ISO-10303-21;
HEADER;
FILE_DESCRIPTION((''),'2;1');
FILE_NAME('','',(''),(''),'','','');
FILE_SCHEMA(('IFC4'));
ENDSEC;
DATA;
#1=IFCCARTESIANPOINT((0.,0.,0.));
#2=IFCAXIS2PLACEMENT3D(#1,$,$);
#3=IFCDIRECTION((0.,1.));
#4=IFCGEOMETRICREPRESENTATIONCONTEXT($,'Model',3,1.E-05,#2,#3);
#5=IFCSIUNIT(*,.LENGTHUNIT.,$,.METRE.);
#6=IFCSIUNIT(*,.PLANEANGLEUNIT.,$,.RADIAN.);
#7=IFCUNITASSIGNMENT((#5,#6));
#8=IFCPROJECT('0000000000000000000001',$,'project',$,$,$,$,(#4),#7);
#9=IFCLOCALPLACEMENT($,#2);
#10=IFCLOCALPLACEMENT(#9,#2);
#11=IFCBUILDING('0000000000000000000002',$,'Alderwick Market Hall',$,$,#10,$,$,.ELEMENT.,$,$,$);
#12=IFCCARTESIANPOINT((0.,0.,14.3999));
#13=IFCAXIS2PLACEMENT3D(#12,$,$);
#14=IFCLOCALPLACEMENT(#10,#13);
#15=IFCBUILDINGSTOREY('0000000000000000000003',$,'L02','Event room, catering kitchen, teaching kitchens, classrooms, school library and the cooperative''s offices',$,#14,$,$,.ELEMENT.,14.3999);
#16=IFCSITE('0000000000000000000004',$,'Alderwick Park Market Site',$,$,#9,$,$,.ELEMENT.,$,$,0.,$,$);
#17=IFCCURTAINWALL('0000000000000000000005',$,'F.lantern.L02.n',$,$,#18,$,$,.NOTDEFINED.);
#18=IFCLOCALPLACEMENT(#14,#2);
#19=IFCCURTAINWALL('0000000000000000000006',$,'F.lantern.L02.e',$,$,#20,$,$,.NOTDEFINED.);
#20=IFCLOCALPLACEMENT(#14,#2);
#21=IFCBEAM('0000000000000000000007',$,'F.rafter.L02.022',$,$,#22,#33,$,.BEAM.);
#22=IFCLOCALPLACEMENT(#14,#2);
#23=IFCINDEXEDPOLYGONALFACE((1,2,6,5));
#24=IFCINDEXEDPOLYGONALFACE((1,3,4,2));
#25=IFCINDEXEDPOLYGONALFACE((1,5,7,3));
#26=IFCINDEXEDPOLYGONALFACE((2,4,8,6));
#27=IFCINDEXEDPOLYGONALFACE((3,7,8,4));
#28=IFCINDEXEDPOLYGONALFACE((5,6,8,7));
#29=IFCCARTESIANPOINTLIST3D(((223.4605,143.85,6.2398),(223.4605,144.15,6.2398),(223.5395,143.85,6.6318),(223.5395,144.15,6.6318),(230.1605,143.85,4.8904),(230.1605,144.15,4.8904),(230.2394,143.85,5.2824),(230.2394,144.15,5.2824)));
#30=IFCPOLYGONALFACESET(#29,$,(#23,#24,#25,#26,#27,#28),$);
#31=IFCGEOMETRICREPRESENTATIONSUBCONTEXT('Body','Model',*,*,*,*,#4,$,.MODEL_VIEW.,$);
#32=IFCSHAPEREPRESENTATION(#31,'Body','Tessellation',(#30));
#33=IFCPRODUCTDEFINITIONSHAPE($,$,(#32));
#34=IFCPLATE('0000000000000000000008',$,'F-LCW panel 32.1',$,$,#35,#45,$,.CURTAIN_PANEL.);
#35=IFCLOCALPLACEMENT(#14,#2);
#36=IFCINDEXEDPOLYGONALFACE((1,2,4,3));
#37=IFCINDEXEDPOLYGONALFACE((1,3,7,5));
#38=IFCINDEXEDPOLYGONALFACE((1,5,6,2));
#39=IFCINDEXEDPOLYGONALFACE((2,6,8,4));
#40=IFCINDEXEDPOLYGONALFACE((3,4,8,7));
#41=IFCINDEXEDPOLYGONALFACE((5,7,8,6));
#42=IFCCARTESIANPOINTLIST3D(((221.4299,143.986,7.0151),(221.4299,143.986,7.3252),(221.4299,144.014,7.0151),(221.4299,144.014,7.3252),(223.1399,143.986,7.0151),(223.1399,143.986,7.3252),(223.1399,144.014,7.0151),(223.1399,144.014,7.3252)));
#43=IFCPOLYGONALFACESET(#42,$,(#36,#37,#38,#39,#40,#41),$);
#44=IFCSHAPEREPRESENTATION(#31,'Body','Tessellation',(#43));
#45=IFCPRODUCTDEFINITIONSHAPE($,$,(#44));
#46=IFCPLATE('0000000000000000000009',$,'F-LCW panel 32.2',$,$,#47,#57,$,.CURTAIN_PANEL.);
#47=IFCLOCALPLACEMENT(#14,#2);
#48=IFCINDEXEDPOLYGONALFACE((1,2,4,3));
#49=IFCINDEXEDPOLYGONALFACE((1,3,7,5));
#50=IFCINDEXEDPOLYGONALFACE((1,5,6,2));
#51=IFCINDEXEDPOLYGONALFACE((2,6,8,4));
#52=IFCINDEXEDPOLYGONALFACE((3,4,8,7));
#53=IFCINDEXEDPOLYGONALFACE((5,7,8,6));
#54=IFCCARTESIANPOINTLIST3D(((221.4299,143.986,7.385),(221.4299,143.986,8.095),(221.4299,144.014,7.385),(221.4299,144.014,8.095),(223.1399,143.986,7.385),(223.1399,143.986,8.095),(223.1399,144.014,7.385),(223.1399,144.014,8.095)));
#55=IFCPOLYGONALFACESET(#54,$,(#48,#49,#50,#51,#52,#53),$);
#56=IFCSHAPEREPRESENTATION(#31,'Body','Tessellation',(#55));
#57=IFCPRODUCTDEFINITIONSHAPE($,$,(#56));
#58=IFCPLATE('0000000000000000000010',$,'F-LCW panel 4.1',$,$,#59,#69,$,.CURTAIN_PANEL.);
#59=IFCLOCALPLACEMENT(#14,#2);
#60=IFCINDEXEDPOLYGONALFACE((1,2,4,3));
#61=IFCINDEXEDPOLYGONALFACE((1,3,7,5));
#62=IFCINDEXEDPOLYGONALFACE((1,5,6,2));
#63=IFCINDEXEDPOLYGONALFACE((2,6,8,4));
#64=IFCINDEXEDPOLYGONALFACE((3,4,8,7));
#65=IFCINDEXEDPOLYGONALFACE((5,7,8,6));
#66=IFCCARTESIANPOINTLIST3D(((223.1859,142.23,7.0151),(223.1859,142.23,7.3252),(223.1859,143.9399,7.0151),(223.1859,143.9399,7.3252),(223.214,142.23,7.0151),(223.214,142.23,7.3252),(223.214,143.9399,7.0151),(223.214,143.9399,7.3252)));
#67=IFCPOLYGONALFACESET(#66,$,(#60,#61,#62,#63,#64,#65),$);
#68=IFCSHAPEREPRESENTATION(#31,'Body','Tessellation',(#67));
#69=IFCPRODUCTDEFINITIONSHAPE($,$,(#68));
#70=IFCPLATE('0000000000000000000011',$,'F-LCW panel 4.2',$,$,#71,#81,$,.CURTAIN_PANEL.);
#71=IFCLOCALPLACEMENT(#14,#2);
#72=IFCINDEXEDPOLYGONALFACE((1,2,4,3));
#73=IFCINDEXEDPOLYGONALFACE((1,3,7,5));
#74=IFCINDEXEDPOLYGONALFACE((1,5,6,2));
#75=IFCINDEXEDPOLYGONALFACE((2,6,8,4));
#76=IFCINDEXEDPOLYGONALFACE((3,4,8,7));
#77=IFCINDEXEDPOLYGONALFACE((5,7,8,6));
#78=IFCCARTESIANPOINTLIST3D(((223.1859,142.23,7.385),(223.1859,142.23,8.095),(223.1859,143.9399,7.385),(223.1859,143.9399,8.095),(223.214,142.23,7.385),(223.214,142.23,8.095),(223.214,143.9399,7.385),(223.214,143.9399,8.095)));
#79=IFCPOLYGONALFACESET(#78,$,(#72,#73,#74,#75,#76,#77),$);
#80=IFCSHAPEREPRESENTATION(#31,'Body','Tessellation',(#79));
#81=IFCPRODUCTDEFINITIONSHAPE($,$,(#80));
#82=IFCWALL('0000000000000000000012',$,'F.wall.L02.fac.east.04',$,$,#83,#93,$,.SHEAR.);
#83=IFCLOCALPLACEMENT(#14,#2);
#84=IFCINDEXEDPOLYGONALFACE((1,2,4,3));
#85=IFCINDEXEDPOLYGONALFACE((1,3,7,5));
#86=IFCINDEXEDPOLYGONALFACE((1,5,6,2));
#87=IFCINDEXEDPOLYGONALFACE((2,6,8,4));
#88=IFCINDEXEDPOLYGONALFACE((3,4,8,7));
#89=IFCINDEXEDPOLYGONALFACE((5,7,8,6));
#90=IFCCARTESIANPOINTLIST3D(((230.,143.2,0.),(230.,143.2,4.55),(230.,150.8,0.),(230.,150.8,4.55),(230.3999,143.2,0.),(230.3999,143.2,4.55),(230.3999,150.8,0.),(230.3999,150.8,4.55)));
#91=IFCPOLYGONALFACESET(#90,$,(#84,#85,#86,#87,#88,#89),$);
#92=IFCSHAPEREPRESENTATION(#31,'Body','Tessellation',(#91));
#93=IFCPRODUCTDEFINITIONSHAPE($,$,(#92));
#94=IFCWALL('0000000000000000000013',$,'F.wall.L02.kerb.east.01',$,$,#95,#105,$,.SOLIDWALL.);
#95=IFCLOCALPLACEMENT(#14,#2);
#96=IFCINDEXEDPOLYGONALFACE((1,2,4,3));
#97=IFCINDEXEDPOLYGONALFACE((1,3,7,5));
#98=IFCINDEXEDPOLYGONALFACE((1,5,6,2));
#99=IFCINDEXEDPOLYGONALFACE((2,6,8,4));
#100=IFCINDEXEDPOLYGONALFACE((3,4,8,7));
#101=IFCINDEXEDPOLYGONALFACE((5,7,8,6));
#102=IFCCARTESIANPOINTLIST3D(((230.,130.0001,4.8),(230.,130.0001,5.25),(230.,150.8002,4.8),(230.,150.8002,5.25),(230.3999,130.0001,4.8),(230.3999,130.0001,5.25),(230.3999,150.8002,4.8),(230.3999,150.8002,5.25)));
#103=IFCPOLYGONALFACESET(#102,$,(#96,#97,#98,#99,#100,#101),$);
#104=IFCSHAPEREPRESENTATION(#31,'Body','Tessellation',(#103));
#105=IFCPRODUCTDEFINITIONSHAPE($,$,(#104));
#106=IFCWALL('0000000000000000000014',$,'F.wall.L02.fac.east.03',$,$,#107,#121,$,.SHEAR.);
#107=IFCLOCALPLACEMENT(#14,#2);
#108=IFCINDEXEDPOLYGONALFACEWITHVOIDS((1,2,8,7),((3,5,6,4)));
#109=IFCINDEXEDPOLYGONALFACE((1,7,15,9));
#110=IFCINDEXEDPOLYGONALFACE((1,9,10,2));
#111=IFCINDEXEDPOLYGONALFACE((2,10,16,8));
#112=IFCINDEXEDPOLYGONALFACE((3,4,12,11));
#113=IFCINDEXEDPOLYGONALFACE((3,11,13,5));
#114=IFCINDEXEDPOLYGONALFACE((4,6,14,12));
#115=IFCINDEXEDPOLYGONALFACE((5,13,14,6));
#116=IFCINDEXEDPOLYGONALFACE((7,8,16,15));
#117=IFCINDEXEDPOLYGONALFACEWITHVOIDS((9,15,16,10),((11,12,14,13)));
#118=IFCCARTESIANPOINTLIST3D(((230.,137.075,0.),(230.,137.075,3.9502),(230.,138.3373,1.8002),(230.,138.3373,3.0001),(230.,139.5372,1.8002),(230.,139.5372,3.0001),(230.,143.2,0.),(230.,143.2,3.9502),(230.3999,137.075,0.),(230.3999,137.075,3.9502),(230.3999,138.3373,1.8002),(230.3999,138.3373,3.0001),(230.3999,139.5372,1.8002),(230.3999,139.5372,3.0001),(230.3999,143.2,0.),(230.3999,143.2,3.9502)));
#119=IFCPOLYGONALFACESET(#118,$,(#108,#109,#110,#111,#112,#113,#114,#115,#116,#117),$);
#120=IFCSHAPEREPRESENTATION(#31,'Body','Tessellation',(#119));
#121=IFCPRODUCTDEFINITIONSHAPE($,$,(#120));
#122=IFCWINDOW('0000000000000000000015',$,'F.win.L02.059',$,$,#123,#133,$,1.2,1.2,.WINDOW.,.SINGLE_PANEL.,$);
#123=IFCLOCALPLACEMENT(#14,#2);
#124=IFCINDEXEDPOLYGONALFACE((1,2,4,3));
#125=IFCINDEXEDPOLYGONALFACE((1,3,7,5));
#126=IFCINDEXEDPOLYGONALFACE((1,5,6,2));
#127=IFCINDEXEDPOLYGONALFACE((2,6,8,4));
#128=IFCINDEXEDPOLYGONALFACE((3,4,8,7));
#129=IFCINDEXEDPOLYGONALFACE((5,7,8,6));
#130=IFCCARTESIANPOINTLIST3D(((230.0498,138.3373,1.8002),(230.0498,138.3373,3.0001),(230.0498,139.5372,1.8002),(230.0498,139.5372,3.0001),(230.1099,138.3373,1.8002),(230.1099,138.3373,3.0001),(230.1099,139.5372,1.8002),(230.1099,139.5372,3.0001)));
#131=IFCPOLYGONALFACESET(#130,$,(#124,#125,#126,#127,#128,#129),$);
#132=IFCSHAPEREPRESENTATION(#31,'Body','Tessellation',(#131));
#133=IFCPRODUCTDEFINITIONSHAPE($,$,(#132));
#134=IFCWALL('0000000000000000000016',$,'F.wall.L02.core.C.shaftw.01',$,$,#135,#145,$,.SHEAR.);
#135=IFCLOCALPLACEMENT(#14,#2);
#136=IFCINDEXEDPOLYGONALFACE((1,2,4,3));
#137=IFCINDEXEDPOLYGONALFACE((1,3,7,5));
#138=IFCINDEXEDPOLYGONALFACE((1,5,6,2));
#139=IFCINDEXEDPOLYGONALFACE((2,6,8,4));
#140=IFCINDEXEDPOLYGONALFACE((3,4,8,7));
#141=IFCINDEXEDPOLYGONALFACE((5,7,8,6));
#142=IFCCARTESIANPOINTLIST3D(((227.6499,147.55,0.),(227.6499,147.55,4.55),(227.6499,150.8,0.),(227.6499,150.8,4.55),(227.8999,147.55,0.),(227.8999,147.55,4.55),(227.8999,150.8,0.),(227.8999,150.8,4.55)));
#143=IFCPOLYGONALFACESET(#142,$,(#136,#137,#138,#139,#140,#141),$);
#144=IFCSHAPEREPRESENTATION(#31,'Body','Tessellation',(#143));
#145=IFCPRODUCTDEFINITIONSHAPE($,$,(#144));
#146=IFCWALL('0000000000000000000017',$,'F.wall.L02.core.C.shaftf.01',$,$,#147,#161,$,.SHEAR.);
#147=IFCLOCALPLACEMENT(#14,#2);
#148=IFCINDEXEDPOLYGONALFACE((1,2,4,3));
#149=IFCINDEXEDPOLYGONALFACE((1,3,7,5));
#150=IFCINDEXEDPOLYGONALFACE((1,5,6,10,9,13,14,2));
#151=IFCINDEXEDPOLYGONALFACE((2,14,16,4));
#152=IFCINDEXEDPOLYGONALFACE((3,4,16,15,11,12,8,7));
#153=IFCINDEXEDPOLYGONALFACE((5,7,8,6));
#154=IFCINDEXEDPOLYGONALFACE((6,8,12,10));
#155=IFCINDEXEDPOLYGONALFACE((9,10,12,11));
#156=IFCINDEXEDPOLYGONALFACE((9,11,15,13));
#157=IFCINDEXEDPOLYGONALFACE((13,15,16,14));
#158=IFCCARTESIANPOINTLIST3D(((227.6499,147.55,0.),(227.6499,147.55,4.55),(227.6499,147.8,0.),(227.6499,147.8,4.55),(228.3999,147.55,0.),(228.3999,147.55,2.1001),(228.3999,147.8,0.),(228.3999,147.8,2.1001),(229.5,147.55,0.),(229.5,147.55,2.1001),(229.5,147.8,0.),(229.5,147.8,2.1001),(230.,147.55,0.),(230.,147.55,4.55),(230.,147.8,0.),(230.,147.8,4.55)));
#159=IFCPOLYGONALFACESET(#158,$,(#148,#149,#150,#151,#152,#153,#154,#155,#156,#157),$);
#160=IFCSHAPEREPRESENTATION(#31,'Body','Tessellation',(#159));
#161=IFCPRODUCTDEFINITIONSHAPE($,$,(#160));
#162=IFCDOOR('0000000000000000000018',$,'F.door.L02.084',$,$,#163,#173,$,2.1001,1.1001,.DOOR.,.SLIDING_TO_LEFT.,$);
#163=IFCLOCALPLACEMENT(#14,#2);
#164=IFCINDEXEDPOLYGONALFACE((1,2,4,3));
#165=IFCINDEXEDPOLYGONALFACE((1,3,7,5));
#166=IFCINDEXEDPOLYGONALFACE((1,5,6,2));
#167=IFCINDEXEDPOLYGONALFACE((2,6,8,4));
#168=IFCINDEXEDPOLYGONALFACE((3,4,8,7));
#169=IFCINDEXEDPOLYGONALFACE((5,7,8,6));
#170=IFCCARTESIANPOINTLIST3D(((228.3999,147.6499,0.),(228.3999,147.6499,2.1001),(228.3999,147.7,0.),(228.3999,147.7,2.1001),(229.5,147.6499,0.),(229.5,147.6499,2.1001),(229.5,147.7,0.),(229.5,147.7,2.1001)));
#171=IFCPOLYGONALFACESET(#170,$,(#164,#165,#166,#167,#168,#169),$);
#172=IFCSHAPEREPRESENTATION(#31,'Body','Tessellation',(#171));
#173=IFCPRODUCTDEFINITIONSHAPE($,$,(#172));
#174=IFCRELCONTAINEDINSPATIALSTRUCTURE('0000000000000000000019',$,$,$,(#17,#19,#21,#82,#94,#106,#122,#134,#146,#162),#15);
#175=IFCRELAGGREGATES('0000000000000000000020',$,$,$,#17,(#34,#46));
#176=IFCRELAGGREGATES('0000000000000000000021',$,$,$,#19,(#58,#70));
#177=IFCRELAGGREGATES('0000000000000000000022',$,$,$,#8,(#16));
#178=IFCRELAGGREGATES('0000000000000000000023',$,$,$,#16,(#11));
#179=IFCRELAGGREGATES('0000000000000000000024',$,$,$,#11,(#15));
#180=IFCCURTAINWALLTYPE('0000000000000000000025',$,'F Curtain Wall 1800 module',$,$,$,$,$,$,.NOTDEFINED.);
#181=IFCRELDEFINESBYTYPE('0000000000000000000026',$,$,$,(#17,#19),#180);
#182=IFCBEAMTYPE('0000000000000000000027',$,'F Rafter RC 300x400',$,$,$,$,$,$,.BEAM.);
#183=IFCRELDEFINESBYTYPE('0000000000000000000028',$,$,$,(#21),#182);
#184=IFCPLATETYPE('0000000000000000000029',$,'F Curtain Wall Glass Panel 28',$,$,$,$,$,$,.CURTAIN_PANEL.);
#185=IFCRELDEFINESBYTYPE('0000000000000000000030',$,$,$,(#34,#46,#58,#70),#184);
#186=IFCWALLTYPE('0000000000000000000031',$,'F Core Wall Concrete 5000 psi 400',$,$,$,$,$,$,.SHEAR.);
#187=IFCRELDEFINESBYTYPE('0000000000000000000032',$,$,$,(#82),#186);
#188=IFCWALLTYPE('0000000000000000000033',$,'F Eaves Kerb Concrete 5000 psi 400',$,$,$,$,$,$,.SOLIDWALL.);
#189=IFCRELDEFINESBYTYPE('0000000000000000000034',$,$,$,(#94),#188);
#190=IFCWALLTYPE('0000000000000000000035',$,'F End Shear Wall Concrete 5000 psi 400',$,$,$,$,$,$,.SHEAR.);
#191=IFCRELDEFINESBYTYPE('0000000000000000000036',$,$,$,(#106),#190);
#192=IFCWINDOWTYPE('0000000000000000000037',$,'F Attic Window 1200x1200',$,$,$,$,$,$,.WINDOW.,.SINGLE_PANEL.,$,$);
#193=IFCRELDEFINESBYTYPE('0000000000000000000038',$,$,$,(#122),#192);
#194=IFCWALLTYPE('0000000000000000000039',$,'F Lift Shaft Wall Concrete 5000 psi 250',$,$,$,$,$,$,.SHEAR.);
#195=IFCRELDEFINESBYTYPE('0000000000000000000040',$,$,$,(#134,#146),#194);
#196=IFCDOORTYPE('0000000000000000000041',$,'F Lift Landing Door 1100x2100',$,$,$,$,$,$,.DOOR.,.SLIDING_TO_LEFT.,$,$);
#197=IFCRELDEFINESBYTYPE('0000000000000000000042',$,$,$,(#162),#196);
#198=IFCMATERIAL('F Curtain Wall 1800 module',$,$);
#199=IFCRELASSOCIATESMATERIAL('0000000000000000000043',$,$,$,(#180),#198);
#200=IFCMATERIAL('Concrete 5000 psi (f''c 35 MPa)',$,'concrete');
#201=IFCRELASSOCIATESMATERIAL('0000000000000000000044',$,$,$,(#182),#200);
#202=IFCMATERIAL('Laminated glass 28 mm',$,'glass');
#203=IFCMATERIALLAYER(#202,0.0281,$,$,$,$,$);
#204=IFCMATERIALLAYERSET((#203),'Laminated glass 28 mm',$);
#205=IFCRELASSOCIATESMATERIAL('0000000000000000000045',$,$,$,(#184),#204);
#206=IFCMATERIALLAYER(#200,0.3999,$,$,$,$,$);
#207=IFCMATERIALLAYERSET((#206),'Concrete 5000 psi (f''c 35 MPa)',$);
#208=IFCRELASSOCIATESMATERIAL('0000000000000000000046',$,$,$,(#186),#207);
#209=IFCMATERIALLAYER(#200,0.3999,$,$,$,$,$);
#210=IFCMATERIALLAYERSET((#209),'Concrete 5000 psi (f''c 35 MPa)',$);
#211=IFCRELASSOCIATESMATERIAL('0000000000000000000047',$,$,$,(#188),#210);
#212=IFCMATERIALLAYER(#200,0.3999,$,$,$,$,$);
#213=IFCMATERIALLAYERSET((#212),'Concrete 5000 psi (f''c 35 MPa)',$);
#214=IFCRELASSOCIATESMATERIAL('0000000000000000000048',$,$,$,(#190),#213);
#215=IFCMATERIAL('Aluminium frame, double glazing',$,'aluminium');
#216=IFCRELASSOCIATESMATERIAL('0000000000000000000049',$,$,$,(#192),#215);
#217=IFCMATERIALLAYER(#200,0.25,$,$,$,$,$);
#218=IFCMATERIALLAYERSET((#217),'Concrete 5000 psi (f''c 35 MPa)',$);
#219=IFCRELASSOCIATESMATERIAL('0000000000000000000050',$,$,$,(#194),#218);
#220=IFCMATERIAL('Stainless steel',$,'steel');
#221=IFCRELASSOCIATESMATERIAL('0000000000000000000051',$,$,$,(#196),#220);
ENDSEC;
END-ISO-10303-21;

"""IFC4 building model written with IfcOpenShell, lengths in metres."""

from ifc_helpers import new_model, si_unit, direction, frame, frame_2d, origin, origin_2d, place, context, subcontext, project, spatial, rectangle, extrude, material, layer, layer_set, material_profile, profile_set, type_object, element, fill, aggregate, save


model = new_model("IFC4")

# Units and contexts
model_context = context("Model", 3, precision=1e-05, world=origin(), true_north=direction((0.0, 1.0)))
body_context = subcontext(model_context, "Body", "Model", "MODEL_VIEW")
ifc_project = project(units=[si_unit("LENGTHUNIT", "METRE"), si_unit("PLANEANGLEUNIT", "RADIAN")], contexts=[model_context])

# Site, building, storey
site_placement = place(None, origin())
site = spatial("IfcSite", under=ifc_project, at=site_placement, Name="Alderwick Park Market Site", CompositionType="ELEMENT", RefElevation=0.0)
building_placement = place(site_placement, origin())
building = spatial("IfcBuilding", under=site, at=building_placement, Name="Alderwick Market Hall", CompositionType="ELEMENT")
storey_placement = place(building_placement, frame((0.0, 0.0, 14.3999)))
storey = spatial("IfcBuildingStorey", under=building, at=storey_placement, Name="L02", Description="Event room, catering kitchen, teaching kitchens, classrooms, school library and the cooperative's offices", CompositionType="ELEMENT", Elevation=14.3999)

# Shared definitions
ifc_material_1 = material(Name="Concrete 5000 psi (f'c 35 MPa)", Category="concrete")

# Curtain walls
ifc_material_2 = material(Name="F Curtain Wall 1800 module")
curtain_wall_type = type_object("IfcCurtainWallType", Name="F Curtain Wall 1800 module", PredefinedType="NOTDEFINED", material=ifc_material_2)
curtain_wall_1_placement = place(storey_placement, origin())
curtain_wall_1 = element("IfcCurtainWall", 1, at=curtain_wall_1_placement, inside=storey, type_object=curtain_wall_type, Name="F.lantern.L02.n", PredefinedType="NOTDEFINED")
curtain_wall_2_placement = place(storey_placement, origin())
curtain_wall_2 = element("IfcCurtainWall", 2, at=curtain_wall_2_placement, inside=storey, type_object=curtain_wall_type, Name="F.lantern.L02.e", PredefinedType="NOTDEFINED")

# Beam
ifc_material_profile_1 = material_profile(ifc_material_1, rectangle(XDim=0.3, YDim=0.3999, at=origin_2d()), Name="RC 300x400")
ifc_profile_set_1 = profile_set([ifc_material_profile_1], Name="Concrete 5000 psi (f'c 35 MPa)")
beam_type_1 = type_object("IfcBeamType", Name="F Rafter RC 300x400", PredefinedType="BEAM", material=ifc_profile_set_1)
beam_1_placement = place(storey_placement, frame((230.2, 144.0, 5.0864), z_axis=(-0.980316, 0.0, 0.197435), x_axis=(0.0, -1.0, 0.0)))
element("IfcBeam", 3, at=beam_1_placement, inside=storey, type_object=beam_type_1, Name="F.rafter.L02.022", PredefinedType="BEAM", context=body_context, shape_type="SweptSolid", body=[
    extrude(rectangle(XDim=0.3, YDim=0.3999, at=origin_2d()), origin(), (0.0, 0.0, 1.0), 6.8345),
])

# Plates
ifc_material_3 = material(Name="Laminated glass 28 mm", Category="glass")
ifc_layer_1 = layer(ifc_material_3, 0.0281)
ifc_layer_set_1 = layer_set([ifc_layer_1], Name="Laminated glass 28 mm")
plate_type = type_object("IfcPlateType", Name="F Curtain Wall Glass Panel 28", PredefinedType="CURTAIN_PANEL", material=ifc_layer_set_1)
plate_1_placement = place(storey_placement, frame((222.2849, 144.0, 7.0151), z_axis=(0.0, 0.0, 1.0), x_axis=(1.0, 0.0, 0.0)))
plate_1 = element("IfcPlate", 4, at=plate_1_placement, type_object=plate_type, Name="F-LCW panel 32.1", PredefinedType="CURTAIN_PANEL", context=body_context, shape_type="SweptSolid", body=[
    extrude(rectangle(XDim=1.71, YDim=0.0281, at=origin_2d()), origin(), (0.0, 0.0, 1.0), 0.3101),
])
plate_2_placement = place(storey_placement, frame((222.2849, 144.0, 7.385), z_axis=(0.0, 0.0, 1.0), x_axis=(1.0, 0.0, 0.0)))
plate_2 = element("IfcPlate", 5, at=plate_2_placement, type_object=plate_type, Name="F-LCW panel 32.2", PredefinedType="CURTAIN_PANEL", context=body_context, shape_type="SweptSolid", body=[
    extrude(rectangle(XDim=1.71, YDim=0.0281, at=origin_2d()), origin(), (0.0, 0.0, 1.0), 0.71),
])
aggregate(curtain_wall_1, [plate_1, plate_2])
plate_3_placement = place(storey_placement, frame((223.2, 143.085, 7.0151), z_axis=(0.0, 0.0, 1.0), x_axis=(0.0, 1.0, 0.0)))
plate_3 = element("IfcPlate", 6, at=plate_3_placement, type_object=plate_type, Name="F-LCW panel 4.1", PredefinedType="CURTAIN_PANEL", context=body_context, shape_type="SweptSolid", body=[
    extrude(rectangle(XDim=1.71, YDim=0.0281, at=origin_2d()), origin(), (0.0, 0.0, 1.0), 0.3101),
])
plate_4_placement = place(storey_placement, frame((223.2, 143.085, 7.385), z_axis=(0.0, 0.0, 1.0), x_axis=(0.0, 1.0, 0.0)))
plate_4 = element("IfcPlate", 7, at=plate_4_placement, type_object=plate_type, Name="F-LCW panel 4.2", PredefinedType="CURTAIN_PANEL", context=body_context, shape_type="SweptSolid", body=[
    extrude(rectangle(XDim=1.71, YDim=0.0281, at=origin_2d()), origin(), (0.0, 0.0, 1.0), 0.71),
])
aggregate(curtain_wall_2, [plate_3, plate_4])

# Walls
ifc_layer_2 = layer(ifc_material_1, 0.3999)
ifc_layer_set_2 = layer_set([ifc_layer_2], Name="Concrete 5000 psi (f'c 35 MPa)")
wall_type_1 = type_object("IfcWallType", Name="F Core Wall Concrete 5000 psi 400", PredefinedType="SHEAR", material=ifc_layer_set_2)
wall_1_placement = place(storey_placement, frame((230.2, 150.8, 0.0), z_axis=(0.0, 0.0, 1.0), x_axis=(0.0, -1.0, 0.0)))
element("IfcWall", 8, at=wall_1_placement, inside=storey, type_object=wall_type_1, Name="F.wall.L02.fac.east.04", PredefinedType="SHEAR", context=body_context, shape_type="SweptSolid", body=[
    extrude(rectangle(XDim=7.6001, YDim=0.3999, at=frame_2d((3.8, 0.0))), origin(), (0.0, 0.0, 1.0), 4.55),
])
ifc_layer_3 = layer(ifc_material_1, 0.3999)
ifc_layer_set_3 = layer_set([ifc_layer_3], Name="Concrete 5000 psi (f'c 35 MPa)")
wall_type_2 = type_object("IfcWallType", Name="F Eaves Kerb Concrete 5000 psi 400", PredefinedType="SOLIDWALL", material=ifc_layer_set_3)
wall_2_placement = place(storey_placement, frame((230.2, 150.8, 4.8), z_axis=(0.0, 0.0, 1.0), x_axis=(0.0, -1.0, 0.0)))
element("IfcWall", 9, at=wall_2_placement, inside=storey, type_object=wall_type_2, Name="F.wall.L02.kerb.east.01", PredefinedType="SOLIDWALL", context=body_context, shape_type="SweptSolid", body=[
    extrude(rectangle(XDim=20.8, YDim=0.3999, at=frame_2d((10.3999, 0.0))), origin(), (0.0, 0.0, 1.0), 0.45),
])

# Wall, opening, window
ifc_layer_4 = layer(ifc_material_1, 0.3999)
ifc_layer_set_4 = layer_set([ifc_layer_4], Name="Concrete 5000 psi (f'c 35 MPa)")
wall_type_3 = type_object("IfcWallType", Name="F End Shear Wall Concrete 5000 psi 400", PredefinedType="SHEAR", material=ifc_layer_set_4)
wall_3_placement = place(storey_placement, frame((230.2, 143.2, 0.0), z_axis=(0.0, 0.0, 1.0), x_axis=(0.0, -1.0, 0.0)))
wall_3 = element("IfcWall", 10, at=wall_3_placement, inside=storey, type_object=wall_type_3, Name="F.wall.L02.fac.east.03", PredefinedType="SHEAR", context=body_context, shape_type="SweptSolid", body=[
    extrude(rectangle(XDim=6.125, YDim=0.3999, at=frame_2d((3.0625, 0.0))), origin(), (0.0, 0.0, 1.0), 3.9502),
])
opening_1_placement = place(wall_3_placement, frame((3.6626, 0.0, 1.8)))
opening_1 = element("IfcOpeningElement", 11, at=opening_1_placement, cuts=wall_3, PredefinedType="OPENING", context=body_context, shape_type="SweptSolid", body=[
    extrude(rectangle(XDim=1.2, YDim=1.2, at=frame_2d((0.6001, 0.6001))), frame((0.0, 0.21, 0.0), z_axis=(0.0, -1.0, 0.0), x_axis=(1.0, 0.0, 0.0)), (0.0, 0.0, 1.0), 0.4199),
])
ifc_material_4 = material(Name="Aluminium frame, double glazing", Category="aluminium")
window_type = type_object("IfcWindowType", Name="F Attic Window 1200x1200", PartitioningType="SINGLE_PANEL", PredefinedType="WINDOW", material=ifc_material_4)
window_placement = place(opening_1_placement, origin())
window = element("IfcWindow", 12, at=window_placement, inside=storey, type_object=window_type, Name="F.win.L02.059", OverallHeight=1.2, OverallWidth=1.2, PartitioningType="SINGLE_PANEL", PredefinedType="WINDOW", context=body_context, shape_type="SweptSolid", body=[
    extrude(rectangle(XDim=1.2, YDim=1.2, at=frame_2d((0.6001, 0.6001))), frame((0.0, -0.0901, 0.0), z_axis=(0.0, -1.0, 0.0), x_axis=(1.0, 0.0, 0.0)), (0.0, 0.0, 1.0), 0.0601),
])
fill(opening_1, window)

# Wall
ifc_layer_5 = layer(ifc_material_1, 0.25)
ifc_layer_set_5 = layer_set([ifc_layer_5], Name="Concrete 5000 psi (f'c 35 MPa)")
wall_type_4 = type_object("IfcWallType", Name="F Lift Shaft Wall Concrete 5000 psi 250", PredefinedType="SHEAR", material=ifc_layer_set_5)
wall_4_placement = place(storey_placement, frame((227.7749, 147.55, 0.0), z_axis=(0.0, 0.0, 1.0), x_axis=(0.0, 1.0, 0.0)))
element("IfcWall", 13, at=wall_4_placement, inside=storey, type_object=wall_type_4, Name="F.wall.L02.core.C.shaftw.01", PredefinedType="SHEAR", context=body_context, shape_type="SweptSolid", body=[
    extrude(rectangle(XDim=3.25, YDim=0.25, at=frame_2d((1.625, 0.0))), origin(), (0.0, 0.0, 1.0), 4.55),
])

# Wall, opening, door
wall_5_placement = place(storey_placement, frame((227.6499, 147.675, 0.0), z_axis=(0.0, 0.0, 1.0), x_axis=(1.0, 0.0, 0.0)))
wall_5 = element("IfcWall", 14, at=wall_5_placement, inside=storey, type_object=wall_type_4, Name="F.wall.L02.core.C.shaftf.01", PredefinedType="SHEAR", context=body_context, shape_type="SweptSolid", body=[
    extrude(rectangle(XDim=2.3501, YDim=0.25, at=frame_2d((1.175, 0.0))), origin(), (0.0, 0.0, 1.0), 4.55),
])
opening_2_placement = place(wall_5_placement, frame((0.75, 0.0, 0.0)))
opening_2 = element("IfcOpeningElement", 15, at=opening_2_placement, cuts=wall_5, PredefinedType="OPENING", context=body_context, shape_type="SweptSolid", body=[
    extrude(rectangle(XDim=1.1001, YDim=2.1001, at=frame_2d((0.55, 1.05))), frame((0.0, 0.135, 0.0), z_axis=(0.0, -1.0, 0.0), x_axis=(1.0, 0.0, 0.0)), (0.0, 0.0, 1.0), 0.27),
])
ifc_material_5 = material(Name="Stainless steel", Category="steel")
door_type_1 = type_object("IfcDoorType", Name="F Lift Landing Door 1100x2100", OperationType="SLIDING_TO_LEFT", PredefinedType="DOOR", material=ifc_material_5)
door_1_placement = place(opening_2_placement, origin())
door_1 = element("IfcDoor", 16, at=door_1_placement, inside=storey, type_object=door_type_1, Name="F.door.L02.084", OperationType="SLIDING_TO_LEFT", OverallHeight=2.1001, OverallWidth=1.1001, PredefinedType="DOOR", context=body_context, shape_type="SweptSolid", body=[
    extrude(rectangle(XDim=1.1001, YDim=2.1001, at=frame_2d((0.55, 1.05))), frame((0.0, 0.0249, 0.0), z_axis=(0.0, -1.0, 0.0), x_axis=(1.0, 0.0, 0.0)), (0.0, 0.0, 1.0), 0.05),
])
fill(opening_2, door_1)

save(model, "model.ifc")
